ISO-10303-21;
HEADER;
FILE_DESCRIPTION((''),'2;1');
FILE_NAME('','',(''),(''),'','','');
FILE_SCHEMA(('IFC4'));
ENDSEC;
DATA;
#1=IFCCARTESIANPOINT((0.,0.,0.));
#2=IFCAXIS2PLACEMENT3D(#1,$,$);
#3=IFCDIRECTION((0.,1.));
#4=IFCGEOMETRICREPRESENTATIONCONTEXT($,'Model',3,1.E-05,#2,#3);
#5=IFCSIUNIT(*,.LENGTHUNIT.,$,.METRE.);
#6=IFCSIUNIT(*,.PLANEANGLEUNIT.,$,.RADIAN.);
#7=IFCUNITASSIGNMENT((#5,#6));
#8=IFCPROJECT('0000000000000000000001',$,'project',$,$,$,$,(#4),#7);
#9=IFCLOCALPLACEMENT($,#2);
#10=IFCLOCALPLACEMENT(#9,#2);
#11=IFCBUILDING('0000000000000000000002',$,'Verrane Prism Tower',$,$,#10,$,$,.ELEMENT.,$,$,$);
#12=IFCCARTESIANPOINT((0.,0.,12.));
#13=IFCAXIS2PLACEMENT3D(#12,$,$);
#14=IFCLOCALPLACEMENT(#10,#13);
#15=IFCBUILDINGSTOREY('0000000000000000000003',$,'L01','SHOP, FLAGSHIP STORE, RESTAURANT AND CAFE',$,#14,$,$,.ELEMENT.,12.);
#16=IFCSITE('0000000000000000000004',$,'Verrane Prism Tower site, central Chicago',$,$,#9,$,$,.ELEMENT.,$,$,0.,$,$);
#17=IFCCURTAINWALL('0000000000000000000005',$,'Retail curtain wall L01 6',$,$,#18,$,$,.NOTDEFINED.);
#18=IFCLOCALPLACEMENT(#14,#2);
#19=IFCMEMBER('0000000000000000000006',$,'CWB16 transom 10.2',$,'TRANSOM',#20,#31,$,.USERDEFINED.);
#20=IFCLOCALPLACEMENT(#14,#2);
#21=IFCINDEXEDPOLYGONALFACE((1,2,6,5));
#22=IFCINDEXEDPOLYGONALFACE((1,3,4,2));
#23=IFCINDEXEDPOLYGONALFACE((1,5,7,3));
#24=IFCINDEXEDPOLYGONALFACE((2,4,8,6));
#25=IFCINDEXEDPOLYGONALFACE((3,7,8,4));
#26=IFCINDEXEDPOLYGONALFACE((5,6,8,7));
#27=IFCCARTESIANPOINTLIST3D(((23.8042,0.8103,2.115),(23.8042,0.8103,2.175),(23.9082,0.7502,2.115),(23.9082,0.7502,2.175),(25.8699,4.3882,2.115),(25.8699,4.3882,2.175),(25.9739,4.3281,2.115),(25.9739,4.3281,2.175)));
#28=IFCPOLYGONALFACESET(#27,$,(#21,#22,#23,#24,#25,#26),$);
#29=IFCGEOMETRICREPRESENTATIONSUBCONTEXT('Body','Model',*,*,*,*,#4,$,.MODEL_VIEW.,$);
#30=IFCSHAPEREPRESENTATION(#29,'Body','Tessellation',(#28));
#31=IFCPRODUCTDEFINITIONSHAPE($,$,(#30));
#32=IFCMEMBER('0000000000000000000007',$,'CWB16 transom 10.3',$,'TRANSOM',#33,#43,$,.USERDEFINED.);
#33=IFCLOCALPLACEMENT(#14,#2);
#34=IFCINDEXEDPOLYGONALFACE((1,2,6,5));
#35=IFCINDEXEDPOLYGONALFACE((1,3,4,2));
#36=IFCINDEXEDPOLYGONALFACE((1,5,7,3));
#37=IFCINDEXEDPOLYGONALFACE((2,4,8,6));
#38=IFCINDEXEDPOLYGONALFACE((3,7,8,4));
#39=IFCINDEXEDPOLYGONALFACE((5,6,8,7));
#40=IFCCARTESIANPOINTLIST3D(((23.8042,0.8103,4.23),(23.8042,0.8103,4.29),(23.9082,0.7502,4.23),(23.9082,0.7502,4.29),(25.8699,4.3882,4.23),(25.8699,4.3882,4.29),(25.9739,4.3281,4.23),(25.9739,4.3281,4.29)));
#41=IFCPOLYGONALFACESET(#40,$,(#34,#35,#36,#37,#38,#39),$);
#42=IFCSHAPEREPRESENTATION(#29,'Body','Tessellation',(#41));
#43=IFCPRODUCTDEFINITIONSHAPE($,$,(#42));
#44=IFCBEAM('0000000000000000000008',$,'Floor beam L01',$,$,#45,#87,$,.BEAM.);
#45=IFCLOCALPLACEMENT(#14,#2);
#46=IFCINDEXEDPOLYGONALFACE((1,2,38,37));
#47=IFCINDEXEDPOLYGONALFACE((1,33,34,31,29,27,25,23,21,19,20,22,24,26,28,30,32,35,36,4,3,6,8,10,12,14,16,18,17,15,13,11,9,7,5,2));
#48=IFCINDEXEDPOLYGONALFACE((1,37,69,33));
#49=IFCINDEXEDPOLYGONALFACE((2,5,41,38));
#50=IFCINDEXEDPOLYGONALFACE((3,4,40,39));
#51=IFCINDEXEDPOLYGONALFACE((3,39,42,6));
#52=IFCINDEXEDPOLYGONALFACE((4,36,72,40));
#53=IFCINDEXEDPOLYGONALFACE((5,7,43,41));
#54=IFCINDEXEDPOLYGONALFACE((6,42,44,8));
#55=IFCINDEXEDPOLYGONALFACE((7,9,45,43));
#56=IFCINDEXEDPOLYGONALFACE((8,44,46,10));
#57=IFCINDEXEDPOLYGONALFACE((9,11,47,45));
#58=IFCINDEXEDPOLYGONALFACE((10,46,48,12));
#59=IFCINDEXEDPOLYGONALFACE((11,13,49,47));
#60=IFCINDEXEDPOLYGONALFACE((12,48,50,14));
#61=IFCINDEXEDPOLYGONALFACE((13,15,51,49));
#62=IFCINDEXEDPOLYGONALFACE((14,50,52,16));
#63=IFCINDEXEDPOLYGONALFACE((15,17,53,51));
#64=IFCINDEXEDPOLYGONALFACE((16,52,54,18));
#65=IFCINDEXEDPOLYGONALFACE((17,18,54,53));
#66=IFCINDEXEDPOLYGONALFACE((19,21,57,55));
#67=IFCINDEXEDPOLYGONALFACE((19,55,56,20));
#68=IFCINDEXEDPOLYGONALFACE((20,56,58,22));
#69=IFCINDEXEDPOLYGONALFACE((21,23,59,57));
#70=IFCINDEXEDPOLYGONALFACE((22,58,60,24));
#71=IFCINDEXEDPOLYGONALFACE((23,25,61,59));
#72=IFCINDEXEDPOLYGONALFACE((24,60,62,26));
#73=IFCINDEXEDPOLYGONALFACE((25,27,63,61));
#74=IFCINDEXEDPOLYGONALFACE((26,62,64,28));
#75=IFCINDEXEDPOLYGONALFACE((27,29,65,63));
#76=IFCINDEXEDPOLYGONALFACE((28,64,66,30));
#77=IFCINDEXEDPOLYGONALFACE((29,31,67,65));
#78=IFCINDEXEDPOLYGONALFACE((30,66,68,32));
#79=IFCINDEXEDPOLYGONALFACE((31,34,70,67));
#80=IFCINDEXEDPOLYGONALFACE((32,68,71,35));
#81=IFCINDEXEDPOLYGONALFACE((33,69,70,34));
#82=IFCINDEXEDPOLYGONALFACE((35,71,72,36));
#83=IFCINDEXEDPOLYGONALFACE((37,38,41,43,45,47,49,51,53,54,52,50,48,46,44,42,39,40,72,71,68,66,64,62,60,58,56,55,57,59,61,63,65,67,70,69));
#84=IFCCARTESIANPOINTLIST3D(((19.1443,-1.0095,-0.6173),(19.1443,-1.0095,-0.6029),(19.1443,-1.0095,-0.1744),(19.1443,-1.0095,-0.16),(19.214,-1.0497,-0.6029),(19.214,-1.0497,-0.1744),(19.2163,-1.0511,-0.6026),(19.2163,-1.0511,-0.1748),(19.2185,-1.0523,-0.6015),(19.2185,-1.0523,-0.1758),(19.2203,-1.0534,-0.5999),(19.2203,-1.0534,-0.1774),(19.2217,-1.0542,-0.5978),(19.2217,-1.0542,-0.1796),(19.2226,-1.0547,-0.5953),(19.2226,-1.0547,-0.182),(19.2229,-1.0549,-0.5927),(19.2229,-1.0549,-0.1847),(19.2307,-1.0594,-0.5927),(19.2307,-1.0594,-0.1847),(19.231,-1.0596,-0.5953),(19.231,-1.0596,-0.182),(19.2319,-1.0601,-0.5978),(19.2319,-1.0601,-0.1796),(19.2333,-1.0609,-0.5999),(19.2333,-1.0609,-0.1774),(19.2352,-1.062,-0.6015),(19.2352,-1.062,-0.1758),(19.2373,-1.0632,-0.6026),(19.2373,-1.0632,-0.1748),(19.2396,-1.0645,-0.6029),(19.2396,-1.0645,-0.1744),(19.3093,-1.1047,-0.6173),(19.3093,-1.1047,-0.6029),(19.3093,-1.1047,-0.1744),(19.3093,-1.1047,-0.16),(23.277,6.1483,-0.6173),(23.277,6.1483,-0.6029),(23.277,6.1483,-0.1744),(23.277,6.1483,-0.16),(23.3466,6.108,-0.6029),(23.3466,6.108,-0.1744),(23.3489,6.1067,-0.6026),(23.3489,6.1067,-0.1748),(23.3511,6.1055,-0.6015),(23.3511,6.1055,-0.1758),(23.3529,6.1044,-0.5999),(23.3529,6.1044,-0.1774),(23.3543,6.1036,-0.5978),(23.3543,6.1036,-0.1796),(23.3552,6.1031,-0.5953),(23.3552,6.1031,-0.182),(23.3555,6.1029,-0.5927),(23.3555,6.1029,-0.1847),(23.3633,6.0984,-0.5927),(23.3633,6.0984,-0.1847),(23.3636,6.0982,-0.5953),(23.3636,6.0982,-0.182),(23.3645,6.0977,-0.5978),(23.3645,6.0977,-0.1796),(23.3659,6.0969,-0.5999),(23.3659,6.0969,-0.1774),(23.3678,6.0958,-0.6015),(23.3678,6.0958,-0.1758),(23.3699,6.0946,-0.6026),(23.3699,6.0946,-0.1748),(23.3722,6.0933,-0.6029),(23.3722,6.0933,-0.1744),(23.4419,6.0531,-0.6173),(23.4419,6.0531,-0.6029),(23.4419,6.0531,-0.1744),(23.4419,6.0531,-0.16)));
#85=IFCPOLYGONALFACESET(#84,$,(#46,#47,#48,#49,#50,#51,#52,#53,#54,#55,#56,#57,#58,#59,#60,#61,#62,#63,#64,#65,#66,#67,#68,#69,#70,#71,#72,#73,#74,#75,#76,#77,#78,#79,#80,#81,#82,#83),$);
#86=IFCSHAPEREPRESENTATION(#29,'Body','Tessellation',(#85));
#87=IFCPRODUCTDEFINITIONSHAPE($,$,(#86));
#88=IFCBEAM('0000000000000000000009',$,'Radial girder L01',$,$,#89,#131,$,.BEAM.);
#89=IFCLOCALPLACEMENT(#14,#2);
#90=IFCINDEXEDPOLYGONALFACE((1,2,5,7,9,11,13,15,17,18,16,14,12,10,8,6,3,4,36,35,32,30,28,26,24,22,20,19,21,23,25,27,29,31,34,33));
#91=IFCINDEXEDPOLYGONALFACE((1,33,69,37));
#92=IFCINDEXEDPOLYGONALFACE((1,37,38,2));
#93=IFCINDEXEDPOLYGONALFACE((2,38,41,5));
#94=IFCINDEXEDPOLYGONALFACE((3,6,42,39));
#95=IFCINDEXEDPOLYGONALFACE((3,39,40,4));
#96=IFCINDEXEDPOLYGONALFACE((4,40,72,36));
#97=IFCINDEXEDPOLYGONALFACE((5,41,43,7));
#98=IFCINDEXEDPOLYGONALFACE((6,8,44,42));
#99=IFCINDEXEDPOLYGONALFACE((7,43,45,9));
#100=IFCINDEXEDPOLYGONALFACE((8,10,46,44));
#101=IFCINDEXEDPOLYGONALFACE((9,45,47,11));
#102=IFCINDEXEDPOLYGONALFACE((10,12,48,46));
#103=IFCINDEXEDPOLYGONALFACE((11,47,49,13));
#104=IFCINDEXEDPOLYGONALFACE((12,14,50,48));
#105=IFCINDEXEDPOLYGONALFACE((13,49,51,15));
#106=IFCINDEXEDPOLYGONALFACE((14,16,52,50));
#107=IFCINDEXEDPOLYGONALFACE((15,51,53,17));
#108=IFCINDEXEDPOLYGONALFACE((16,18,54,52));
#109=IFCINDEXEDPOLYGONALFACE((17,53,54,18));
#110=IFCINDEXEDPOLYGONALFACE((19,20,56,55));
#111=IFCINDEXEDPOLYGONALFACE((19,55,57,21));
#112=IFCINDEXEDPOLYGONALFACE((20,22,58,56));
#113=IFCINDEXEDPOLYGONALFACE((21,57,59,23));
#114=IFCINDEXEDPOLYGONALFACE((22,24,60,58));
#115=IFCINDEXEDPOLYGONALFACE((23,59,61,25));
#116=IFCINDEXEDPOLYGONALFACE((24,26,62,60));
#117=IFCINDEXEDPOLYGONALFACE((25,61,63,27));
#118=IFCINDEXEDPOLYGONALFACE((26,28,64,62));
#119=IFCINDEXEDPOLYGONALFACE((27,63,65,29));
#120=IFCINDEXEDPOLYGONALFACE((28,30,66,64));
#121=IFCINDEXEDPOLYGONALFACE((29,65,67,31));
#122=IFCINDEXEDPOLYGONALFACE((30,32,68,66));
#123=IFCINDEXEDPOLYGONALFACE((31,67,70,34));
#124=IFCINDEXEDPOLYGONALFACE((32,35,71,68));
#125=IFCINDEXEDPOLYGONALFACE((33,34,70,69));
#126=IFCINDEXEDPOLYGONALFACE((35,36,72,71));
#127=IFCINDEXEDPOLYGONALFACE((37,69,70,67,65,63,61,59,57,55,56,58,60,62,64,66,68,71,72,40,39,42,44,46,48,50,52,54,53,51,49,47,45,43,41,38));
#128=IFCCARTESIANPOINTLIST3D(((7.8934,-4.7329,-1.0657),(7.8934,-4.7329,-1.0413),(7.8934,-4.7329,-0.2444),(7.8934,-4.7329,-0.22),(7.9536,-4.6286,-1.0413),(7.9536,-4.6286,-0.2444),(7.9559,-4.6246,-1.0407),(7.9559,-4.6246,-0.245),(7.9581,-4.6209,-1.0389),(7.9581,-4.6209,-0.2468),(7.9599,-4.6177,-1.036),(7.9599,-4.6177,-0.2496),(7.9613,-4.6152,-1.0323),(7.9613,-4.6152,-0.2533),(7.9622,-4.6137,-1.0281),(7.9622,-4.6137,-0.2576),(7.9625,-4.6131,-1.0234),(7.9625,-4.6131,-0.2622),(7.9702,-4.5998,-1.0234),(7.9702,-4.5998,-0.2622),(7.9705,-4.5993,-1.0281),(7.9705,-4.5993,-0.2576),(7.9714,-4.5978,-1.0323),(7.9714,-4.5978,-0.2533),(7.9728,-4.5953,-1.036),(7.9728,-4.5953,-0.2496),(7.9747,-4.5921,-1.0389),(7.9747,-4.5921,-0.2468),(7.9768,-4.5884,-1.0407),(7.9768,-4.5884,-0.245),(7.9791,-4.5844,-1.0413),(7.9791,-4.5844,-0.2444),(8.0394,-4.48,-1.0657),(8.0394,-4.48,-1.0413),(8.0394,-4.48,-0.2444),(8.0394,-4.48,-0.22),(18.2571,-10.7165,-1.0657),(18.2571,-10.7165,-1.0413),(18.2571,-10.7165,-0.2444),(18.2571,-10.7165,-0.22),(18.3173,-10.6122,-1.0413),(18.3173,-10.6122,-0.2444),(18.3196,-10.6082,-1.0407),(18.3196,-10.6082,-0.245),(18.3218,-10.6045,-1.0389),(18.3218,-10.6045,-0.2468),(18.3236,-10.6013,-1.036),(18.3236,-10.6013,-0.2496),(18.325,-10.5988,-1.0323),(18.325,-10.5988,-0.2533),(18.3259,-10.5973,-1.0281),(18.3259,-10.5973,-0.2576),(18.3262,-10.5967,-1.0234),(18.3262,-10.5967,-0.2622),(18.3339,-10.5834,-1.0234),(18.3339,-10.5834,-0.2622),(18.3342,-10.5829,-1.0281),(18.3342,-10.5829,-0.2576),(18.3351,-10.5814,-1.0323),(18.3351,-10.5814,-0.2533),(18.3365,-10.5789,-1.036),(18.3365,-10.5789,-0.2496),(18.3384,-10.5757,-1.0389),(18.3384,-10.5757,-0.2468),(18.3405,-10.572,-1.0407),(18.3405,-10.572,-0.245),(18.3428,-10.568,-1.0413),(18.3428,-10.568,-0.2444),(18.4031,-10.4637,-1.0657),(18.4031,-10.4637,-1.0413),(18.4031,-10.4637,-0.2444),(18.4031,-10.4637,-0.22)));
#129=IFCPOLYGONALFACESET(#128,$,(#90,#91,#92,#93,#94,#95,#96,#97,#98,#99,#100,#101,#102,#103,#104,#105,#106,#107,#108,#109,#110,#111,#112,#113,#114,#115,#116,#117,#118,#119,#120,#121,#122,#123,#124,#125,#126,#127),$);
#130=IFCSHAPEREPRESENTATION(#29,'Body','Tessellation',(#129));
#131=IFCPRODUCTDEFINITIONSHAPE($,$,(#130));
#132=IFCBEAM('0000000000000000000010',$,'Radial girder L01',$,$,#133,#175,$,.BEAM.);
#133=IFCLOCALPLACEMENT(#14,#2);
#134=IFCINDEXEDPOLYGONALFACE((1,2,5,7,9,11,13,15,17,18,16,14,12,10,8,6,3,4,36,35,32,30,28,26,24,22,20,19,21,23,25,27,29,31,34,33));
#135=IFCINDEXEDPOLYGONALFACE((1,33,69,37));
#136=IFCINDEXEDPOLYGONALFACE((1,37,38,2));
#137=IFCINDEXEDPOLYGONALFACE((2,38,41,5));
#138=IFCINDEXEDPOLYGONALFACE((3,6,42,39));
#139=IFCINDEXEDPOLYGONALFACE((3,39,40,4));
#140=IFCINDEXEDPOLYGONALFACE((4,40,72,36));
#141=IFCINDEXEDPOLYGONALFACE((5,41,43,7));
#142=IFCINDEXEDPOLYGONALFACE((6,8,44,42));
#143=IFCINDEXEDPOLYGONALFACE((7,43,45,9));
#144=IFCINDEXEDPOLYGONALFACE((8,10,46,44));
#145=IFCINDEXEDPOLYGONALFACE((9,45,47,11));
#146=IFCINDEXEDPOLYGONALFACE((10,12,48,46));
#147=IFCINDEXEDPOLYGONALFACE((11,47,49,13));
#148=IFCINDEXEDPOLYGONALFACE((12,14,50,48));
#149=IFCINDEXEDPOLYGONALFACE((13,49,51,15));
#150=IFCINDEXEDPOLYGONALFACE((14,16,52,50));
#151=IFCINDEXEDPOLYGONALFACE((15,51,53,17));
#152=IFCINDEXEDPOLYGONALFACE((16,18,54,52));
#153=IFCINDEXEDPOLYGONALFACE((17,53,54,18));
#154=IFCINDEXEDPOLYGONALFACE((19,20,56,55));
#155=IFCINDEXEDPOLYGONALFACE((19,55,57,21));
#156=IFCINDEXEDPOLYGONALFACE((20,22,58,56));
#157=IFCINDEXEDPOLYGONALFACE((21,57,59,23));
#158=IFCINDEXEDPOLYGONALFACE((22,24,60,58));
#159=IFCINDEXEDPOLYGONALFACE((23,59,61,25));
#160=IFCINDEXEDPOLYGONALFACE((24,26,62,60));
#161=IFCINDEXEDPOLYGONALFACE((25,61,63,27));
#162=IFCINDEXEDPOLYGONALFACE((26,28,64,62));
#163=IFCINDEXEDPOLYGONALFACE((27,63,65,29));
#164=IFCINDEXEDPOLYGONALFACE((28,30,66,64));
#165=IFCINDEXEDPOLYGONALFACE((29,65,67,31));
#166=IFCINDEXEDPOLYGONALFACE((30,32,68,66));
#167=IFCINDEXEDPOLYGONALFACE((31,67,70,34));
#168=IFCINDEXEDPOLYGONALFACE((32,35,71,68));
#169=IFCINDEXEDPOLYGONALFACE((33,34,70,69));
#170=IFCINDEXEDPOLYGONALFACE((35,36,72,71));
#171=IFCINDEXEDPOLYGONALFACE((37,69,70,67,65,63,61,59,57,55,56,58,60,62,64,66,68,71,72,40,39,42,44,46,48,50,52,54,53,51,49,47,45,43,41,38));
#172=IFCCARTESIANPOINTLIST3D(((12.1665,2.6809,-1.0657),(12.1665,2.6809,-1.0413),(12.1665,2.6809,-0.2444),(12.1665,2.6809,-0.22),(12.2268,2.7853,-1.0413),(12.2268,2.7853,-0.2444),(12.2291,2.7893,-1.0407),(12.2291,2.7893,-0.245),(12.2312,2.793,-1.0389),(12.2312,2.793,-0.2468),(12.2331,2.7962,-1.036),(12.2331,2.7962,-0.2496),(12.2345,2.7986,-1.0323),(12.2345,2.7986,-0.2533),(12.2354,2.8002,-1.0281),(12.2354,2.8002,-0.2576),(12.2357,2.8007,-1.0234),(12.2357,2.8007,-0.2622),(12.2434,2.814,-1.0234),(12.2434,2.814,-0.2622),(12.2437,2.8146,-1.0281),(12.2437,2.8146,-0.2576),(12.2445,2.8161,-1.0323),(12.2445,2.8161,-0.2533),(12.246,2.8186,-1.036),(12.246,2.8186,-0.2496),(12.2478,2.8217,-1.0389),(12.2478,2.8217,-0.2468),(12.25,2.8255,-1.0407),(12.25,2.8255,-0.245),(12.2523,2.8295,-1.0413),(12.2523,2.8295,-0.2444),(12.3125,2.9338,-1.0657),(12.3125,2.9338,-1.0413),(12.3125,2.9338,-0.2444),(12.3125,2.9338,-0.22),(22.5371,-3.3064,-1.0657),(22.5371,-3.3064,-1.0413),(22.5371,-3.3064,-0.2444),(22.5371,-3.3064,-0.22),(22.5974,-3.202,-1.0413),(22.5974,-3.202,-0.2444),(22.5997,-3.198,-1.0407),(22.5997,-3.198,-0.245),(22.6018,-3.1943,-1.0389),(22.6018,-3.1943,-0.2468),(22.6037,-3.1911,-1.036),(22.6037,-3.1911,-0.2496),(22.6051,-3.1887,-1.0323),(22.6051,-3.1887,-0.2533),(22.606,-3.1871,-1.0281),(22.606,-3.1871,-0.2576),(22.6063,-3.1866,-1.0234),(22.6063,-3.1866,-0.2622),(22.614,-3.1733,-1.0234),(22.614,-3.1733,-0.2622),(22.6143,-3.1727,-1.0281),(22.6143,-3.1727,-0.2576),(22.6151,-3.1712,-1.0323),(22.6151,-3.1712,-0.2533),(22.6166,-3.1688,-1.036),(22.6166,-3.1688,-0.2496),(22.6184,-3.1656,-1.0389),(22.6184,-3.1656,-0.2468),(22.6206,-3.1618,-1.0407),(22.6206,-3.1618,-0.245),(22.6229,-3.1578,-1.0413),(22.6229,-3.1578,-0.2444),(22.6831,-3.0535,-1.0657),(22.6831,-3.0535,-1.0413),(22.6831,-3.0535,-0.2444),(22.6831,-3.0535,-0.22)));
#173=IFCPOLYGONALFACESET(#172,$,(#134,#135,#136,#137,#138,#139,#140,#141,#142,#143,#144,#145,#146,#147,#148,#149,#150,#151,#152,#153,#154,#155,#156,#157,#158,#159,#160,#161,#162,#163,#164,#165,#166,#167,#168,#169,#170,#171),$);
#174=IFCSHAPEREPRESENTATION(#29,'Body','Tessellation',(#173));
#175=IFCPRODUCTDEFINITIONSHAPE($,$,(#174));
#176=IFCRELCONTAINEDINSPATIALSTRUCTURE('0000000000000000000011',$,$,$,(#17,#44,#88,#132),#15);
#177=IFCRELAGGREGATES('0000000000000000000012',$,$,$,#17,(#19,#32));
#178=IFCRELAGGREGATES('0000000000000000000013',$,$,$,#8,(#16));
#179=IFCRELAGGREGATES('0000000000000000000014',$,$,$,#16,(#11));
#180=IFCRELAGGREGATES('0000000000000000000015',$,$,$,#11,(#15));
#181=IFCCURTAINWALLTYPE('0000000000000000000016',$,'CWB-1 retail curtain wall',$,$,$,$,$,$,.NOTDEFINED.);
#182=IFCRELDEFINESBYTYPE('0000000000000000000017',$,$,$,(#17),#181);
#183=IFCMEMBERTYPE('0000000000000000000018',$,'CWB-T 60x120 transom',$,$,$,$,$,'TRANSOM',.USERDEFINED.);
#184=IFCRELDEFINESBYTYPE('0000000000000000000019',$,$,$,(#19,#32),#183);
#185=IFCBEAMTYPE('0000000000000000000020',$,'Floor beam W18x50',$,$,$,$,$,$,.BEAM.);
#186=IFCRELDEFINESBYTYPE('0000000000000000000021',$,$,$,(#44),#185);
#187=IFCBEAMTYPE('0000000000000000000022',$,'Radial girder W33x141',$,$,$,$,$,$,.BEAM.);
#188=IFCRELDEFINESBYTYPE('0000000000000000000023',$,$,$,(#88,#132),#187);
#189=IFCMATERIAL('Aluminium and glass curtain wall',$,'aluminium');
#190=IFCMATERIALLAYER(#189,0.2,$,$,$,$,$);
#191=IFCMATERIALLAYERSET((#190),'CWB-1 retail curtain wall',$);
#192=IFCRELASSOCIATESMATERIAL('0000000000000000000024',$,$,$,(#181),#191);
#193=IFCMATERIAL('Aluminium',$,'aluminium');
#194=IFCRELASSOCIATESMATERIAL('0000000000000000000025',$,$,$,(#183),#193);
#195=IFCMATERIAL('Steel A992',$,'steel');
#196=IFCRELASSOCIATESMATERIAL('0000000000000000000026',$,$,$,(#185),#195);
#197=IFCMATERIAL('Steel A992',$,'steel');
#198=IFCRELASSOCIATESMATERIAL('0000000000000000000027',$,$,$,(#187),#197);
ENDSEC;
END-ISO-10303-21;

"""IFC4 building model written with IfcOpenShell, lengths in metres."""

from ifc_helpers import new_model, si_unit, direction, frame, origin, origin_2d, place, context, subcontext, project, spatial, rectangle, i_section, extrude, material, layer, layer_set, material_profile, profile_set, type_object, element, aggregate, save


model = new_model("IFC4")

# Units and contexts
model_context = context("Model", 3, precision=1e-05, world=origin(), true_north=direction((0.0, 1.0)))
body_context = subcontext(model_context, "Body", "Model", "MODEL_VIEW")
ifc_project = project(units=[si_unit("LENGTHUNIT", "METRE"), si_unit("PLANEANGLEUNIT", "RADIAN")], contexts=[model_context])

# Site, building, storey
site_placement = place(None, origin())
site = spatial("IfcSite", under=ifc_project, at=site_placement, Name="Verrane Prism Tower site, central Chicago", CompositionType="ELEMENT", RefElevation=0.0)
building_placement = place(site_placement, origin())
building = spatial("IfcBuilding", under=site, at=building_placement, Name="Verrane Prism Tower", CompositionType="ELEMENT")
storey_placement = place(building_placement, frame((0.0, 0.0, 12.0)))
storey = spatial("IfcBuildingStorey", under=building, at=storey_placement, Name="L01", Description="SHOP, FLAGSHIP STORE, RESTAURANT AND CAFE", CompositionType="ELEMENT", Elevation=12.0)

# Curtain wall, members
ifc_material_1 = material(Name="Aluminium and glass curtain wall", Category="aluminium")
ifc_layer_1 = layer(ifc_material_1, 0.2)
ifc_layer_set_1 = layer_set([ifc_layer_1], Name="CWB-1 retail curtain wall")
curtain_wall_type = type_object("IfcCurtainWallType", Name="CWB-1 retail curtain wall", PredefinedType="NOTDEFINED", material=ifc_layer_set_1)
curtain_wall_placement = place(storey_placement, origin())
curtain_wall = element("IfcCurtainWall", 1, at=curtain_wall_placement, inside=storey, type_object=curtain_wall_type, Name="Retail curtain wall L01 6", PredefinedType="NOTDEFINED")
ifc_material_2 = material(Name="Aluminium", Category="aluminium")
ifc_material_profile_1 = material_profile(ifc_material_2, rectangle(XDim=0.1201, YDim=0.0601, at=origin_2d()), Name="CWB-T 60x120 transom")
ifc_profile_set_1 = profile_set([ifc_material_profile_1], Name="Aluminium")
member_type_1 = type_object("IfcMemberType", Name="CWB-T 60x120 transom", ElementType="TRANSOM", PredefinedType="USERDEFINED", material=ifc_profile_set_1)
member_1_placement = place(storey_placement, frame((23.8562, 0.7803, 2.145), z_axis=(0.499997, 0.866027, 0.0), x_axis=(-0.866027, 0.499997, 0.0)))
member_1 = element("IfcMember", 2, at=member_1_placement, type_object=member_type_1, Name="CWB16 transom 10.2", ObjectType="TRANSOM", PredefinedType="USERDEFINED", context=body_context, shape_type="SweptSolid", body=[
    extrude(rectangle(XDim=0.1201, YDim=0.0601, at=origin_2d()), origin(), (0.0, 0.0, 1.0), 4.1313),
])
member_2_placement = place(storey_placement, frame((23.8562, 0.7803, 4.26), z_axis=(0.499997, 0.866027, 0.0), x_axis=(-0.866027, 0.499997, 0.0)))
member_2 = element("IfcMember", 3, at=member_2_placement, type_object=member_type_1, Name="CWB16 transom 10.3", ObjectType="TRANSOM", PredefinedType="USERDEFINED", context=body_context, shape_type="SweptSolid", body=[
    extrude(rectangle(XDim=0.1201, YDim=0.0601, at=origin_2d()), origin(), (0.0, 0.0, 1.0), 4.1313),
])

# Beams
ifc_material_3 = material(Name="Steel A992", Category="steel")
ifc_material_profile_2 = material_profile(ifc_material_3, i_section(OverallWidth=0.1904, OverallDepth=0.4573, WebThickness=0.009, FlangeThickness=0.0144, FilletRadius=0.0103, at=origin_2d()), Name="W18x50")
ifc_profile_set_2 = profile_set([ifc_material_profile_2], Name="Steel A992")
beam_type_1 = type_object("IfcBeamType", Name="Floor beam W18x50", PredefinedType="BEAM", material=ifc_profile_set_2)
beam_1_placement = place(storey_placement, frame((19.2268, -1.0571, -0.3887), z_axis=(0.500005, 0.866022, 0.0), x_axis=(-0.866022, 0.500005, 0.0)))
element("IfcBeam", 4, at=beam_1_placement, inside=storey, type_object=beam_type_1, Name="Floor beam L01", PredefinedType="BEAM", context=body_context, shape_type="SweptSolid", body=[
    extrude(i_section(OverallWidth=0.1904, OverallDepth=0.4573, WebThickness=0.009, FlangeThickness=0.0144, FilletRadius=0.0103, at=origin_2d()), origin(), (0.0, 0.0, 1.0), 8.2651),
])
ifc_material_4 = material(Name="Steel A992", Category="steel")
ifc_material_profile_3 = material_profile(ifc_material_4, i_section(OverallWidth=0.292, OverallDepth=0.8457, WebThickness=0.0154, FlangeThickness=0.0244, FilletRadius=0.0178, at=origin_2d()), Name="W33x141")
ifc_profile_set_3 = profile_set([ifc_material_profile_3], Name="Steel A992")
beam_type_2 = type_object("IfcBeamType", Name="Radial girder W33x141", PredefinedType="BEAM", material=ifc_profile_set_3)
beam_2_placement = place(storey_placement, frame((18.3301, -10.5901, -0.6428), z_axis=(-0.866021, 0.500007, 0.0), x_axis=(-0.500007, -0.866021, 0.0)))
element("IfcBeam", 5, at=beam_2_placement, inside=storey, type_object=beam_type_2, Name="Radial girder L01", PredefinedType="BEAM", context=body_context, shape_type="SweptSolid", body=[
    extrude(i_section(OverallWidth=0.292, OverallDepth=0.8457, WebThickness=0.0154, FlangeThickness=0.0244, FilletRadius=0.0178, at=origin_2d()), origin(), (0.0, 0.0, 1.0), 11.967),
])
beam_3_placement = place(storey_placement, frame((22.6101, -3.1799, -0.6428), z_axis=(-0.866031, 0.49999, 0.0), x_axis=(-0.49999, -0.866031, 0.0)))
element("IfcBeam", 6, at=beam_3_placement, inside=storey, type_object=beam_type_2, Name="Radial girder L01", PredefinedType="BEAM", context=body_context, shape_type="SweptSolid", body=[
    extrude(i_section(OverallWidth=0.292, OverallDepth=0.8457, WebThickness=0.0154, FlangeThickness=0.0244, FilletRadius=0.0178, at=origin_2d()), origin(), (0.0, 0.0, 1.0), 11.9749),
])

aggregate(curtain_wall, [member_1, member_2])

save(model, "model.ifc")
